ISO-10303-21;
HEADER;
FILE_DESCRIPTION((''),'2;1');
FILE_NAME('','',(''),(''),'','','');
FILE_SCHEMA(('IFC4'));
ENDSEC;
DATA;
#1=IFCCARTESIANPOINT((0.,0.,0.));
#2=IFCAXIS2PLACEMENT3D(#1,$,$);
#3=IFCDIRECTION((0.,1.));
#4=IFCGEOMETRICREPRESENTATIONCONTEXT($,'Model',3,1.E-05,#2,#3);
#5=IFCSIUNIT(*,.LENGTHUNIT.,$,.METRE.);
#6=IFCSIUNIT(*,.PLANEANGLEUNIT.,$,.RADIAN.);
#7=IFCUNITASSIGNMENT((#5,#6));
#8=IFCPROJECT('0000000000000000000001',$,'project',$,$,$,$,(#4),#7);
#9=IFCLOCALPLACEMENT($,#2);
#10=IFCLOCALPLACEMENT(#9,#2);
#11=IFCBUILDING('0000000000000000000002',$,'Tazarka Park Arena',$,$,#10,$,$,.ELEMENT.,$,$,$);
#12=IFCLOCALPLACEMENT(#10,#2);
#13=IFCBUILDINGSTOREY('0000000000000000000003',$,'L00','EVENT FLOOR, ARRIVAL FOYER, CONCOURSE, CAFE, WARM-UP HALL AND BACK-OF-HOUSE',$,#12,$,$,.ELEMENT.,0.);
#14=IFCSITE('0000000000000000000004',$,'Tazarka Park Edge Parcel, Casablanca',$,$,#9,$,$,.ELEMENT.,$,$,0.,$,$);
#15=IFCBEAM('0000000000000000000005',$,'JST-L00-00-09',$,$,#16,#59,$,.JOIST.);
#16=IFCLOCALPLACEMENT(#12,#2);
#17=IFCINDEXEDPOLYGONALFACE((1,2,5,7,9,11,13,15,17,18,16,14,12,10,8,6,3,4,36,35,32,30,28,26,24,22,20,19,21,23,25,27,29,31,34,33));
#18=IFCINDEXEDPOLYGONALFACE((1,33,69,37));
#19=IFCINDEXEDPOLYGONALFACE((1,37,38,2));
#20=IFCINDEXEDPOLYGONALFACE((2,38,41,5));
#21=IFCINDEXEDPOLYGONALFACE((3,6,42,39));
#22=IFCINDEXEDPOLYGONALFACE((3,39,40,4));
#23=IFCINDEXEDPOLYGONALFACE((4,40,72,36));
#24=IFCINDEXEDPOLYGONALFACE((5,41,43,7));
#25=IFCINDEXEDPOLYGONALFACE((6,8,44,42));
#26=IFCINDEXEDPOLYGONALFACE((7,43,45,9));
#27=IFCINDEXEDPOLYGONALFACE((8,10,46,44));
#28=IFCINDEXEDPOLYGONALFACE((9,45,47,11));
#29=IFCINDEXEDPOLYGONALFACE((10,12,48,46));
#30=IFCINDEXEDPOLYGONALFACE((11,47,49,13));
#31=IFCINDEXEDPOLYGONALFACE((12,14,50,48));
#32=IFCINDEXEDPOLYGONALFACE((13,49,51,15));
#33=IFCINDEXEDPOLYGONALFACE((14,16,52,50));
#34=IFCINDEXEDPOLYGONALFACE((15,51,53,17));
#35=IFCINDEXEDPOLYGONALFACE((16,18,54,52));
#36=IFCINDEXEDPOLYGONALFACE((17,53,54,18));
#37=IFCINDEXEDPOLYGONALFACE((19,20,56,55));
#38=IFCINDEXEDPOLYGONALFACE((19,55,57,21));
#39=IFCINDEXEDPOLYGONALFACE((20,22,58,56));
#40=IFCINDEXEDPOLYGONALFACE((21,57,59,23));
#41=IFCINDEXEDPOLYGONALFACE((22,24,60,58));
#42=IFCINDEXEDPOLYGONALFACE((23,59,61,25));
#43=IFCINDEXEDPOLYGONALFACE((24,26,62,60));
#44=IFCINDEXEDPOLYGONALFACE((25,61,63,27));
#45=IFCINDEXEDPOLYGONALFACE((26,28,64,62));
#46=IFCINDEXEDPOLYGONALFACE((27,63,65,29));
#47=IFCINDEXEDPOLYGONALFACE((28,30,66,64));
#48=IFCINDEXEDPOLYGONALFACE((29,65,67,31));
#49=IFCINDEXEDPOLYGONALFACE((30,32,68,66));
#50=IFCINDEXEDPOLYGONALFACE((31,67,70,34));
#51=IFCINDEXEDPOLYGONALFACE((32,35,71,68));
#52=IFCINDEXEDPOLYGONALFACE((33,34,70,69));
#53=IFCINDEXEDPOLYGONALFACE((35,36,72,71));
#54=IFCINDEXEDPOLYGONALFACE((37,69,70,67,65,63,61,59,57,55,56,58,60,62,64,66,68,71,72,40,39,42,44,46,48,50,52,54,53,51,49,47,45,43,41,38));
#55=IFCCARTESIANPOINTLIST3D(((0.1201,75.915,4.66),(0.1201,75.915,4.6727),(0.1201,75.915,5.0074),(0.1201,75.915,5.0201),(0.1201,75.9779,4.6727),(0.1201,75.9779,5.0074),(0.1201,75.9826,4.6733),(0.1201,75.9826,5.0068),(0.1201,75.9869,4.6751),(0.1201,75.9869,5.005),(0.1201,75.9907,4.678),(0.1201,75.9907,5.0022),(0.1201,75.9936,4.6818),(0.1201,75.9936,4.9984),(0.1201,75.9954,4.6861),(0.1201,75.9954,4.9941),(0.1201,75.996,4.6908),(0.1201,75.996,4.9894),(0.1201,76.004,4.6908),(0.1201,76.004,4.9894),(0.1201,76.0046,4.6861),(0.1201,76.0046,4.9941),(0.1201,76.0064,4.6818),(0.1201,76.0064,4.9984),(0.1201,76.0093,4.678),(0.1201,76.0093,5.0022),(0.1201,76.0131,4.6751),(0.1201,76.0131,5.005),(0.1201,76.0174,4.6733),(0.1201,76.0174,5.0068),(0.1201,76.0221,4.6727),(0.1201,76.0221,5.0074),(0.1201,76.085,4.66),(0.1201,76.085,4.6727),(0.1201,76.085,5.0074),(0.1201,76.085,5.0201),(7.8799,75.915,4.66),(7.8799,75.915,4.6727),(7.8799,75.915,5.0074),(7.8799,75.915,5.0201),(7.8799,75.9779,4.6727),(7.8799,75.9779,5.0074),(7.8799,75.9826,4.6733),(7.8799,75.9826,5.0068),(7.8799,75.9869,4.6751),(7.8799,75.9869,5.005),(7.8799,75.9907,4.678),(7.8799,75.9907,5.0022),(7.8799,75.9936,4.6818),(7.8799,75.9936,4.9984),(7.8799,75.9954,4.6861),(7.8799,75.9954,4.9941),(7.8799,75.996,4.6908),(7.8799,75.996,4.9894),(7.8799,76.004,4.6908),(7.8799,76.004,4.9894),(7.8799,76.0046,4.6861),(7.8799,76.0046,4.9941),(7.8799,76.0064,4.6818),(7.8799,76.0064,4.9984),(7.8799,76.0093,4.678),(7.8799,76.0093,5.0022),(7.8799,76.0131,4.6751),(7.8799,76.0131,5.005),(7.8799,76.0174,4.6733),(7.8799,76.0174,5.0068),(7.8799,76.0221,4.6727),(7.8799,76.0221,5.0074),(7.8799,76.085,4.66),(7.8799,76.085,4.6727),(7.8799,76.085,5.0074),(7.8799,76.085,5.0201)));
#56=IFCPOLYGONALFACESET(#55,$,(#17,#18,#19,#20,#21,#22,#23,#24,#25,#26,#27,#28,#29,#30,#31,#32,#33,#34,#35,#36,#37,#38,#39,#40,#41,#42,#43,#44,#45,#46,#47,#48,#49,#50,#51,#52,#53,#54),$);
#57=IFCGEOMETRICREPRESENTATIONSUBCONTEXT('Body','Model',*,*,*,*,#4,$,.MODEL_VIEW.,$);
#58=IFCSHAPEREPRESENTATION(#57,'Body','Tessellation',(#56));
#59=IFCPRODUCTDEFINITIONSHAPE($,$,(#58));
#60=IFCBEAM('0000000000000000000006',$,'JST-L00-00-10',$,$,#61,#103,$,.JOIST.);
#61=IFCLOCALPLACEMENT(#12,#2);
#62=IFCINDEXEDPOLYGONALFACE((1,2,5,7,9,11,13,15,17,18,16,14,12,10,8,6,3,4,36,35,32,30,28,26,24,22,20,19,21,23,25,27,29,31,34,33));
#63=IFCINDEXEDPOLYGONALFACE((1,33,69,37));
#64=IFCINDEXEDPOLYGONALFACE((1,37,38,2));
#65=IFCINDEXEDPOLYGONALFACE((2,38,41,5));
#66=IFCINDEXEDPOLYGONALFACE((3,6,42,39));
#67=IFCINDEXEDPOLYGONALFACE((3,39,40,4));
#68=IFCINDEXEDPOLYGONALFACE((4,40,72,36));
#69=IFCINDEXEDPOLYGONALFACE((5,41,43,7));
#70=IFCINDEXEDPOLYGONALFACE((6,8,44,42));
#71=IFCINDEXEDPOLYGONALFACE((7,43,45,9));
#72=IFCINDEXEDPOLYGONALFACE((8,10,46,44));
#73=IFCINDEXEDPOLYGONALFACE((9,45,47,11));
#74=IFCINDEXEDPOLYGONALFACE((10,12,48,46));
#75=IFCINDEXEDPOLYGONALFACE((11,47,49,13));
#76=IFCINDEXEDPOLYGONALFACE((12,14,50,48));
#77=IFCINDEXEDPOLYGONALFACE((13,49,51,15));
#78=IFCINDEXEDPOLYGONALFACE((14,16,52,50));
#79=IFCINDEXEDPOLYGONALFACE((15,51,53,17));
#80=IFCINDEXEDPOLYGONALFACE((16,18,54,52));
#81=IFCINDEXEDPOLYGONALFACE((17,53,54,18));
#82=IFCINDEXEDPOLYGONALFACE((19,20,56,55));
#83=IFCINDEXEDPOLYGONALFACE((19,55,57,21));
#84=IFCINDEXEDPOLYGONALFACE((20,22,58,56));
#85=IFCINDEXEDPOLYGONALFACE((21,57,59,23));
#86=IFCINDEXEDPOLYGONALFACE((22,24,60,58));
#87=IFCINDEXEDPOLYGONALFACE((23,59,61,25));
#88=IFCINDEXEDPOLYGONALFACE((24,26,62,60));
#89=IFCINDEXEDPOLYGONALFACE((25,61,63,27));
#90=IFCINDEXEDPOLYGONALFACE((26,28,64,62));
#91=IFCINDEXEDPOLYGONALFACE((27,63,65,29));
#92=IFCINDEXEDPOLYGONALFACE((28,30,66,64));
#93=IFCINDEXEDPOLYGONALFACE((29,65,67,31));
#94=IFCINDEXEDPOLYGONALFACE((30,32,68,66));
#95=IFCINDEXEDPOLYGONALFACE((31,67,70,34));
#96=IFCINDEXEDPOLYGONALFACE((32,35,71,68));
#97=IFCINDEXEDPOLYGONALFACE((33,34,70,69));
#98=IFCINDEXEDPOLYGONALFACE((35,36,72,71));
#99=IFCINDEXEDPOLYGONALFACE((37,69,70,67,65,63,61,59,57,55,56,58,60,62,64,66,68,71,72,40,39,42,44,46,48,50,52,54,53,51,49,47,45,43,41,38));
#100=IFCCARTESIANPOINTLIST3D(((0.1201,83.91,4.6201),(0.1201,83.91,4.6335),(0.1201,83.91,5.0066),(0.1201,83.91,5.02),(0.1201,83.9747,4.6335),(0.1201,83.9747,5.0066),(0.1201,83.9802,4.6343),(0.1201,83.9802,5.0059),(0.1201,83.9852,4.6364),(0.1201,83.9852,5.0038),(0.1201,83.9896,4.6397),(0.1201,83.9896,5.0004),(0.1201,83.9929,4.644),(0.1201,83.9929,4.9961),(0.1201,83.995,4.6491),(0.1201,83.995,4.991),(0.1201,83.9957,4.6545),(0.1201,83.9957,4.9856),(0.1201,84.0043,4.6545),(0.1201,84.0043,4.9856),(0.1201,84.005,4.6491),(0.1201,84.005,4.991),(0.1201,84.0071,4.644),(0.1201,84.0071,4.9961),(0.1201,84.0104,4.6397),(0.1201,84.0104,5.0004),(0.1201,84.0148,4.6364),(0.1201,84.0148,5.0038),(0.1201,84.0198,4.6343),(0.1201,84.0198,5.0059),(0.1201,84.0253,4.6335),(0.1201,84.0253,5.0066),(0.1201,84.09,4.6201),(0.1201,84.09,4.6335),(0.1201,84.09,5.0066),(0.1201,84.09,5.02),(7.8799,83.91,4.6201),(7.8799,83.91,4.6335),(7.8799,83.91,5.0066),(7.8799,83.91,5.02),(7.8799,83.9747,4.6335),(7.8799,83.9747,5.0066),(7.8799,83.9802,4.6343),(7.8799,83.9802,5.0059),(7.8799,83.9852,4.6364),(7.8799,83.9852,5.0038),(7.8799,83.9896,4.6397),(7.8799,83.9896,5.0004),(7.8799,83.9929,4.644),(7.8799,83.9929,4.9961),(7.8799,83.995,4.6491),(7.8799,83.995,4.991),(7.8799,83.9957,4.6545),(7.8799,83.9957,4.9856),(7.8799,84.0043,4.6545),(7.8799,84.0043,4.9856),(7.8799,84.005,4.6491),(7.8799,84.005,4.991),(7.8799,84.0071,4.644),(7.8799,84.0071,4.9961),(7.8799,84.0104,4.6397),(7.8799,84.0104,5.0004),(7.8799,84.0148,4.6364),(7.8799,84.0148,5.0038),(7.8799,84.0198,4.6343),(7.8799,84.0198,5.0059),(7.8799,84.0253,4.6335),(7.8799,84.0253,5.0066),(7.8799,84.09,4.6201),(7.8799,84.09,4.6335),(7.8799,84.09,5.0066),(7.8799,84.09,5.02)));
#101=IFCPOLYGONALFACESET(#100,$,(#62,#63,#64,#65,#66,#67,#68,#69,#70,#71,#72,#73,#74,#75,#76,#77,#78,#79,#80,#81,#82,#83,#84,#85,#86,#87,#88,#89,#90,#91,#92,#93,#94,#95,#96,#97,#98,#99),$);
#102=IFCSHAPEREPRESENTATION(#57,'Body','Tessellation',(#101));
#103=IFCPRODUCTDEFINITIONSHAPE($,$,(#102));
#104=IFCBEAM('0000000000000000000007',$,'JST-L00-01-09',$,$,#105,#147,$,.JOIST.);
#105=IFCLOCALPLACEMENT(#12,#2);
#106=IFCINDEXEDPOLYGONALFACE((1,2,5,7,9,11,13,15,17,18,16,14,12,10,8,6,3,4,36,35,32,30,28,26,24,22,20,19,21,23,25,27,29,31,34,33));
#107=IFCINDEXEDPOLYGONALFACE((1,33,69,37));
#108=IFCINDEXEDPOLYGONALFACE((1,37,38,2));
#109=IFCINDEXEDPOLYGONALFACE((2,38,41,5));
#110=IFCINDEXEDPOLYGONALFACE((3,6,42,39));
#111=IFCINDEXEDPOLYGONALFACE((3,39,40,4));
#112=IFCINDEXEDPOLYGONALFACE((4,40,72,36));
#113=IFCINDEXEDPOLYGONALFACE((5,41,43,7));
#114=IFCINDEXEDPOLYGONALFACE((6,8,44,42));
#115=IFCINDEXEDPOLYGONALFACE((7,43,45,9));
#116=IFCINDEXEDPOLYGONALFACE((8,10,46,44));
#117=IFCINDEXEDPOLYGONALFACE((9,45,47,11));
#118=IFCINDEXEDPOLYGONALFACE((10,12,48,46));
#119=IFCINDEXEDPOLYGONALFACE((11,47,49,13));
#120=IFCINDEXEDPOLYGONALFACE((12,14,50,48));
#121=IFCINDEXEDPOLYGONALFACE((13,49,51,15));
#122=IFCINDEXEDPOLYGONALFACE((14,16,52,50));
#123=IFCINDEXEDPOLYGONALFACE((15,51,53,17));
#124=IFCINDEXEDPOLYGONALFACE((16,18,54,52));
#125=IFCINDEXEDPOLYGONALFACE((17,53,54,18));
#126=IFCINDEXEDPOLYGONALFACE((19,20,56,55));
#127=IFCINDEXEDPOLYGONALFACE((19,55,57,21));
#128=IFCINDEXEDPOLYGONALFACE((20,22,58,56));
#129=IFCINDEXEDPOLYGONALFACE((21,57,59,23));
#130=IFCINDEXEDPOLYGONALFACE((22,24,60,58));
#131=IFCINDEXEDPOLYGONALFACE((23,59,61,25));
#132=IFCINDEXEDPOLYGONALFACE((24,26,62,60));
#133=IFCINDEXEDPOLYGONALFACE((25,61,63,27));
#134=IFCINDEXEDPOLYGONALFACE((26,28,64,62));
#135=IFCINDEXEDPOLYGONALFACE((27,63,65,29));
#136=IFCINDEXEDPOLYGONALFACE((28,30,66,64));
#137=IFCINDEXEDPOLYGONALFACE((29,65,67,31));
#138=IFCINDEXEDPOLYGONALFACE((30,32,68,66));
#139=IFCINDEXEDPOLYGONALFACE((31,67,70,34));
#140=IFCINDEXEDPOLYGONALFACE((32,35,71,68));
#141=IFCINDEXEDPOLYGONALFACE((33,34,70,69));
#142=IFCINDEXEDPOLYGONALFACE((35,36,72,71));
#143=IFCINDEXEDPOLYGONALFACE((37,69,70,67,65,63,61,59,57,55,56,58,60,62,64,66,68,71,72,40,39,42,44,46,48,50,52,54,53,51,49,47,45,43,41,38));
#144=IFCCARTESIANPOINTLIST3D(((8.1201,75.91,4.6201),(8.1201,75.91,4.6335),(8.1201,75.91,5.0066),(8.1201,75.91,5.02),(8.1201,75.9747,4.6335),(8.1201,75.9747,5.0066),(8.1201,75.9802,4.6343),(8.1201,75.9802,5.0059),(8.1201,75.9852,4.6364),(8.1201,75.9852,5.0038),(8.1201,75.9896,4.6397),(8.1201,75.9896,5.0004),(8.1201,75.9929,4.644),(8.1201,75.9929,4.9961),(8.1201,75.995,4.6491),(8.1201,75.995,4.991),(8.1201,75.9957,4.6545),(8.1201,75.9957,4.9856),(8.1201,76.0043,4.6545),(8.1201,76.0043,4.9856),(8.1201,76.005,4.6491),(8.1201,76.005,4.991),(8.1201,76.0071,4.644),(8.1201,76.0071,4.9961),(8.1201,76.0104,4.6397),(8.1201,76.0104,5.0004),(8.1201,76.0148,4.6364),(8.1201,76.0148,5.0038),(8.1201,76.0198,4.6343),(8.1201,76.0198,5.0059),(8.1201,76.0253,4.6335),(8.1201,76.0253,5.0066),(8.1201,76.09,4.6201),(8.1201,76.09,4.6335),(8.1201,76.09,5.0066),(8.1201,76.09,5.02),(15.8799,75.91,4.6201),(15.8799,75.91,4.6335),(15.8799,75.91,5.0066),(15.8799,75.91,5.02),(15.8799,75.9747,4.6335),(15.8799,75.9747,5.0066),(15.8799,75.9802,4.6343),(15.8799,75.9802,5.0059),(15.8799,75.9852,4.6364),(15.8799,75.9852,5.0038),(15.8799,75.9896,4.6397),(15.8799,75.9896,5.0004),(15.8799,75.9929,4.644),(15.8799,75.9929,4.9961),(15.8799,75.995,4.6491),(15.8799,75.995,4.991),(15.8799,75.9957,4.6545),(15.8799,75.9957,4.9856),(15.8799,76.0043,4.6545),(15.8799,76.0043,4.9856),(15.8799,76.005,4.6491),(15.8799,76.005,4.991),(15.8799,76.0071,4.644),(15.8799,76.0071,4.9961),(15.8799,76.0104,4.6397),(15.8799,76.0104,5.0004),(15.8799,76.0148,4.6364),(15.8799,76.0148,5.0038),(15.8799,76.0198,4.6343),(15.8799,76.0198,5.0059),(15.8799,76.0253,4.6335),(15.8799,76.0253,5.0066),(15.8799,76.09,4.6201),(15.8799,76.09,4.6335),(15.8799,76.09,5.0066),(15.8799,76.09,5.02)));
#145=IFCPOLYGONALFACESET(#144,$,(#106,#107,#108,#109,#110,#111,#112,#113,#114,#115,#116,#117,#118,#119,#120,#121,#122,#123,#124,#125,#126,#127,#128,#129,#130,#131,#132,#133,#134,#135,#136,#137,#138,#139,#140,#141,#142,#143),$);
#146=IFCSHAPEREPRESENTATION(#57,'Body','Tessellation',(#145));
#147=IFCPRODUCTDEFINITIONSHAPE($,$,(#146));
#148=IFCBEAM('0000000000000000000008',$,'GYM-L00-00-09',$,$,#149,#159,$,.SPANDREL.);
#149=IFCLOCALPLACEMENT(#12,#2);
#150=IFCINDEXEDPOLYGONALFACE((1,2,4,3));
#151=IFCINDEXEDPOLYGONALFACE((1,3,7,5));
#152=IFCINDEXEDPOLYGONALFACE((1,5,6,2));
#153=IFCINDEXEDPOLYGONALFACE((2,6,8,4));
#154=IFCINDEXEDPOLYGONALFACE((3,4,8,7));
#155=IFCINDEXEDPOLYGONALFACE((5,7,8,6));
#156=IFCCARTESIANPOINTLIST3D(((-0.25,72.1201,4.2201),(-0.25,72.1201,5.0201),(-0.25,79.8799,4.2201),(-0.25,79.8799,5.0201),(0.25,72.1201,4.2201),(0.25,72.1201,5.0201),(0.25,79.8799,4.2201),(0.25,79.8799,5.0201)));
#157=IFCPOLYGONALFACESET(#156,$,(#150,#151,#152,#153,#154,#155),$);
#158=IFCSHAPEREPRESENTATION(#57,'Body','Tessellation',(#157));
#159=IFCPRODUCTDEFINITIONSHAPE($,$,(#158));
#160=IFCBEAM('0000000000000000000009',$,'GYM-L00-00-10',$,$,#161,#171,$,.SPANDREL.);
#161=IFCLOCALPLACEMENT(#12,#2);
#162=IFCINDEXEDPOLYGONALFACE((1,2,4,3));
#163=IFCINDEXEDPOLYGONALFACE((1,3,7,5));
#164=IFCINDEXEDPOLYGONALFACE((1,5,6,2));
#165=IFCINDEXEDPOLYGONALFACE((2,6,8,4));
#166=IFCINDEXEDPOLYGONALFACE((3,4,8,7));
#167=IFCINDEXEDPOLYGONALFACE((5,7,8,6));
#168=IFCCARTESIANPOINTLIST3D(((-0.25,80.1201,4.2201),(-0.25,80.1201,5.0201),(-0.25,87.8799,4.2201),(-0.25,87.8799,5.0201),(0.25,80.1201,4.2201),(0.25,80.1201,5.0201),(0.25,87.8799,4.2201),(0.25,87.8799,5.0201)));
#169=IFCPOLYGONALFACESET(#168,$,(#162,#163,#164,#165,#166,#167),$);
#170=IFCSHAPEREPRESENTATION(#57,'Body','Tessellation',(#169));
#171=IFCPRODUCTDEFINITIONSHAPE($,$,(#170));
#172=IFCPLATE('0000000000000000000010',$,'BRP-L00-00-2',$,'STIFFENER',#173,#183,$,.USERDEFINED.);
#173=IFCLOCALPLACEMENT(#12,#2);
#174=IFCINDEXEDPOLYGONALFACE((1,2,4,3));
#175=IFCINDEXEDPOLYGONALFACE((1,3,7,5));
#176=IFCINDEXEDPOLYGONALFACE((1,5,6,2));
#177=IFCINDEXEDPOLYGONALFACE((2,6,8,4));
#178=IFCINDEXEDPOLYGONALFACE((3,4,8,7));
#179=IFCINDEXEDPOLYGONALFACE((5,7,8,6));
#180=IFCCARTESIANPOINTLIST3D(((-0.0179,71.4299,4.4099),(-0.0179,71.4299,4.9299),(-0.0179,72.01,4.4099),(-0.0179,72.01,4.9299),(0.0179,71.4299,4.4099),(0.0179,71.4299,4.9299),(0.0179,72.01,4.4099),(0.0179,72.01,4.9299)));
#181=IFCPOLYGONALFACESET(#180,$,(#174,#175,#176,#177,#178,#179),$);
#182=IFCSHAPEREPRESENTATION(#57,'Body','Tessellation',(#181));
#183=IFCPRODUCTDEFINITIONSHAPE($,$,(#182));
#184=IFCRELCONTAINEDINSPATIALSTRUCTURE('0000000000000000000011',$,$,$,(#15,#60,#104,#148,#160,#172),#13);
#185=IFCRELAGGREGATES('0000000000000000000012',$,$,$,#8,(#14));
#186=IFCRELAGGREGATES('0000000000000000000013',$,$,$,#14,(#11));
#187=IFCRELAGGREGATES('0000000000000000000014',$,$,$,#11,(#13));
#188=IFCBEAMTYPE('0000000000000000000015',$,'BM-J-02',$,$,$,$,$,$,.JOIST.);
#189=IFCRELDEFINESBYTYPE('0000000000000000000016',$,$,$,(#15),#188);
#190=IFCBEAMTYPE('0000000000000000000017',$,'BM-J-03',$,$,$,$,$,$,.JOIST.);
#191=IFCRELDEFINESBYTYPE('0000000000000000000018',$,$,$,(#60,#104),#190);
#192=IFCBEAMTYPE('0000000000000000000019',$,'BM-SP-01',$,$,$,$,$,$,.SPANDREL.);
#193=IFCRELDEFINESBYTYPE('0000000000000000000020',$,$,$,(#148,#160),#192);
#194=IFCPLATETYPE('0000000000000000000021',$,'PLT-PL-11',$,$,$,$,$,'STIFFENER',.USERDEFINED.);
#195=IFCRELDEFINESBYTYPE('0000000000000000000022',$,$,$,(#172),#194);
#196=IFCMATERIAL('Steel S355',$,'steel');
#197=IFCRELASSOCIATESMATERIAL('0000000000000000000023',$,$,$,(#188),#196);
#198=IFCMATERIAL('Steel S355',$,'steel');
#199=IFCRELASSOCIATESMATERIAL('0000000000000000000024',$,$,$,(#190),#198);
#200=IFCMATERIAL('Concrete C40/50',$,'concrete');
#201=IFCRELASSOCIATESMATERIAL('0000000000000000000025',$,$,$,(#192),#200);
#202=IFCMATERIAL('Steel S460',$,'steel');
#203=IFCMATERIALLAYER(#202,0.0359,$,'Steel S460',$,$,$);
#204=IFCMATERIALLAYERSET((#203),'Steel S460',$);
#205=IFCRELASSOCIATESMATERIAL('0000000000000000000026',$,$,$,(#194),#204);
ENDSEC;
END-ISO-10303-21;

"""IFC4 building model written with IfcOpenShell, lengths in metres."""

from ifc_helpers import new_model, si_unit, direction, frame, origin, origin_2d, place, context, subcontext, project, spatial, rectangle, i_section, extrude, material, layer, layer_set, material_profile, profile_set, type_object, element, save


model = new_model("IFC4")

# Units and contexts
model_context = context("Model", 3, precision=1e-05, world=origin(), true_north=direction((0.0, 1.0)))
body_context = subcontext(model_context, "Body", "Model", "MODEL_VIEW")
ifc_project = project(units=[si_unit("LENGTHUNIT", "METRE"), si_unit("PLANEANGLEUNIT", "RADIAN")], contexts=[model_context])

# Site, building, storey
site_placement = place(None, origin())
site = spatial("IfcSite", under=ifc_project, at=site_placement, Name="Tazarka Park Edge Parcel, Casablanca", CompositionType="ELEMENT", RefElevation=0.0)
building_placement = place(site_placement, origin())
building = spatial("IfcBuilding", under=site, at=building_placement, Name="Tazarka Park Arena", CompositionType="ELEMENT")
storey_placement = place(building_placement, origin())
storey = spatial("IfcBuildingStorey", under=building, at=storey_placement, Name="L00", Description="EVENT FLOOR, ARRIVAL FOYER, CONCOURSE, CAFE, WARM-UP HALL AND BACK-OF-HOUSE", CompositionType="ELEMENT", Elevation=0.0)

# Beams
ifc_material_1 = material(Name="Steel S355", Category="steel")
ifc_material_profile_1 = material_profile(ifc_material_1, i_section(OverallWidth=0.1699, OverallDepth=0.3601, WebThickness=0.0081, FlangeThickness=0.0127, FilletRadius=0.0181, at=origin_2d()), Name="Steel S355")
ifc_profile_set_1 = profile_set([ifc_material_profile_1], Name="Steel S355")
beam_type_1 = type_object("IfcBeamType", Name="BM-J-02", PredefinedType="JOIST", material=ifc_profile_set_1)
beam_placement = place(storey_placement, frame((0.1201, 76.0, 4.8401), z_axis=(1.0, 0.0, 0.0), x_axis=(0.0, 1.0, 0.0)))
element("IfcBeam", 1, at=beam_placement, inside=storey, type_object=beam_type_1, Name="JST-L00-00-09", PredefinedType="JOIST", context=body_context, shape_type="SweptSolid", body=[
    extrude(i_section(OverallWidth=0.1699, OverallDepth=0.3601, WebThickness=0.0081, FlangeThickness=0.0127, FilletRadius=0.0181, at=origin_2d()), origin(), (0.0, 0.0, 1.0), 7.7598),
])
ifc_material_2 = material(Name="Steel S355", Category="steel")
ifc_material_profile_2 = material_profile(ifc_material_2, i_section(OverallWidth=0.1799, OverallDepth=0.3999, WebThickness=0.0085, FlangeThickness=0.0134, FilletRadius=0.021, at=origin_2d()), Name="Steel S355")
ifc_profile_set_2 = profile_set([ifc_material_profile_2], Name="Steel S355")
beam_type_2 = type_object("IfcBeamType", Name="BM-J-03", PredefinedType="JOIST", material=ifc_profile_set_2)
for number, where, z_axis, x_axis, name in (
    (2, (0.1201, 84.0, 4.8201), (1.0, 0.0, 0.0), (0.0, 1.0, 0.0), "JST-L00-00-10"),
    (3, (8.1201, 76.0, 4.8201), (1.0, 0.0, 0.0), (0.0, 1.0, 0.0), "JST-L00-01-09"),
):
    element("IfcBeam", number, at=place(storey_placement, frame(where, z_axis=z_axis, x_axis=x_axis)), inside=storey, type_object=beam_type_2, Name=name, PredefinedType="JOIST", context=body_context, shape_type="SweptSolid", body=[
        extrude(i_section(OverallWidth=0.1799, OverallDepth=0.3999, WebThickness=0.0085, FlangeThickness=0.0134, FilletRadius=0.021, at=origin_2d()), origin(), (0.0, 0.0, 1.0), 7.7598),
    ])
ifc_material_3 = material(Name="Concrete C40/50", Category="concrete")
ifc_material_profile_3 = material_profile(ifc_material_3, rectangle(XDim=0.5, YDim=0.8, at=origin_2d()), Name="Concrete C40/50")
ifc_profile_set_3 = profile_set([ifc_material_profile_3], Name="Concrete C40/50")
beam_type_3 = type_object("IfcBeamType", Name="BM-SP-01", PredefinedType="SPANDREL", material=ifc_profile_set_3)
for number, where, z_axis, x_axis, name in (
    (4, (0.0, 72.1201, 4.6201), (0.0, 1.0, 0.0), (-1.0, 0.0, 0.0), "GYM-L00-00-09"),
    (5, (0.0, 80.1201, 4.6201), (0.0, 1.0, 0.0), (-1.0, 0.0, 0.0), "GYM-L00-00-10"),
):
    element("IfcBeam", number, at=place(storey_placement, frame(where, z_axis=z_axis, x_axis=x_axis)), inside=storey, type_object=beam_type_3, Name=name, PredefinedType="SPANDREL", context=body_context, shape_type="SweptSolid", body=[
        extrude(rectangle(XDim=0.5, YDim=0.8, at=origin_2d()), origin(), (0.0, 0.0, 1.0), 7.7598),
    ])

# Plate
ifc_material_4 = material(Name="Steel S460", Category="steel")
ifc_layer_1 = layer(ifc_material_4, 0.0359, Name="Steel S460")
ifc_layer_set_1 = layer_set([ifc_layer_1], Name="Steel S460")
plate_type = type_object("IfcPlateType", Name="PLT-PL-11", ElementType="STIFFENER", PredefinedType="USERDEFINED", material=ifc_layer_set_1)
plate_placement = place(storey_placement, frame((0.0, 71.72, 4.4099), z_axis=(0.0, 0.0, 1.0), x_axis=(1.0, 0.0, 0.0)))
element("IfcPlate", 6, at=plate_placement, inside=storey, type_object=plate_type, Name="BRP-L00-00-2", ObjectType="STIFFENER", PredefinedType="USERDEFINED", context=body_context, shape_type="SweptSolid", body=[
    extrude(rectangle(XDim=0.0359, YDim=0.5801, at=origin_2d()), origin(), (0.0, 0.0, 1.0), 0.52),
])

save(model, "model.ifc")
